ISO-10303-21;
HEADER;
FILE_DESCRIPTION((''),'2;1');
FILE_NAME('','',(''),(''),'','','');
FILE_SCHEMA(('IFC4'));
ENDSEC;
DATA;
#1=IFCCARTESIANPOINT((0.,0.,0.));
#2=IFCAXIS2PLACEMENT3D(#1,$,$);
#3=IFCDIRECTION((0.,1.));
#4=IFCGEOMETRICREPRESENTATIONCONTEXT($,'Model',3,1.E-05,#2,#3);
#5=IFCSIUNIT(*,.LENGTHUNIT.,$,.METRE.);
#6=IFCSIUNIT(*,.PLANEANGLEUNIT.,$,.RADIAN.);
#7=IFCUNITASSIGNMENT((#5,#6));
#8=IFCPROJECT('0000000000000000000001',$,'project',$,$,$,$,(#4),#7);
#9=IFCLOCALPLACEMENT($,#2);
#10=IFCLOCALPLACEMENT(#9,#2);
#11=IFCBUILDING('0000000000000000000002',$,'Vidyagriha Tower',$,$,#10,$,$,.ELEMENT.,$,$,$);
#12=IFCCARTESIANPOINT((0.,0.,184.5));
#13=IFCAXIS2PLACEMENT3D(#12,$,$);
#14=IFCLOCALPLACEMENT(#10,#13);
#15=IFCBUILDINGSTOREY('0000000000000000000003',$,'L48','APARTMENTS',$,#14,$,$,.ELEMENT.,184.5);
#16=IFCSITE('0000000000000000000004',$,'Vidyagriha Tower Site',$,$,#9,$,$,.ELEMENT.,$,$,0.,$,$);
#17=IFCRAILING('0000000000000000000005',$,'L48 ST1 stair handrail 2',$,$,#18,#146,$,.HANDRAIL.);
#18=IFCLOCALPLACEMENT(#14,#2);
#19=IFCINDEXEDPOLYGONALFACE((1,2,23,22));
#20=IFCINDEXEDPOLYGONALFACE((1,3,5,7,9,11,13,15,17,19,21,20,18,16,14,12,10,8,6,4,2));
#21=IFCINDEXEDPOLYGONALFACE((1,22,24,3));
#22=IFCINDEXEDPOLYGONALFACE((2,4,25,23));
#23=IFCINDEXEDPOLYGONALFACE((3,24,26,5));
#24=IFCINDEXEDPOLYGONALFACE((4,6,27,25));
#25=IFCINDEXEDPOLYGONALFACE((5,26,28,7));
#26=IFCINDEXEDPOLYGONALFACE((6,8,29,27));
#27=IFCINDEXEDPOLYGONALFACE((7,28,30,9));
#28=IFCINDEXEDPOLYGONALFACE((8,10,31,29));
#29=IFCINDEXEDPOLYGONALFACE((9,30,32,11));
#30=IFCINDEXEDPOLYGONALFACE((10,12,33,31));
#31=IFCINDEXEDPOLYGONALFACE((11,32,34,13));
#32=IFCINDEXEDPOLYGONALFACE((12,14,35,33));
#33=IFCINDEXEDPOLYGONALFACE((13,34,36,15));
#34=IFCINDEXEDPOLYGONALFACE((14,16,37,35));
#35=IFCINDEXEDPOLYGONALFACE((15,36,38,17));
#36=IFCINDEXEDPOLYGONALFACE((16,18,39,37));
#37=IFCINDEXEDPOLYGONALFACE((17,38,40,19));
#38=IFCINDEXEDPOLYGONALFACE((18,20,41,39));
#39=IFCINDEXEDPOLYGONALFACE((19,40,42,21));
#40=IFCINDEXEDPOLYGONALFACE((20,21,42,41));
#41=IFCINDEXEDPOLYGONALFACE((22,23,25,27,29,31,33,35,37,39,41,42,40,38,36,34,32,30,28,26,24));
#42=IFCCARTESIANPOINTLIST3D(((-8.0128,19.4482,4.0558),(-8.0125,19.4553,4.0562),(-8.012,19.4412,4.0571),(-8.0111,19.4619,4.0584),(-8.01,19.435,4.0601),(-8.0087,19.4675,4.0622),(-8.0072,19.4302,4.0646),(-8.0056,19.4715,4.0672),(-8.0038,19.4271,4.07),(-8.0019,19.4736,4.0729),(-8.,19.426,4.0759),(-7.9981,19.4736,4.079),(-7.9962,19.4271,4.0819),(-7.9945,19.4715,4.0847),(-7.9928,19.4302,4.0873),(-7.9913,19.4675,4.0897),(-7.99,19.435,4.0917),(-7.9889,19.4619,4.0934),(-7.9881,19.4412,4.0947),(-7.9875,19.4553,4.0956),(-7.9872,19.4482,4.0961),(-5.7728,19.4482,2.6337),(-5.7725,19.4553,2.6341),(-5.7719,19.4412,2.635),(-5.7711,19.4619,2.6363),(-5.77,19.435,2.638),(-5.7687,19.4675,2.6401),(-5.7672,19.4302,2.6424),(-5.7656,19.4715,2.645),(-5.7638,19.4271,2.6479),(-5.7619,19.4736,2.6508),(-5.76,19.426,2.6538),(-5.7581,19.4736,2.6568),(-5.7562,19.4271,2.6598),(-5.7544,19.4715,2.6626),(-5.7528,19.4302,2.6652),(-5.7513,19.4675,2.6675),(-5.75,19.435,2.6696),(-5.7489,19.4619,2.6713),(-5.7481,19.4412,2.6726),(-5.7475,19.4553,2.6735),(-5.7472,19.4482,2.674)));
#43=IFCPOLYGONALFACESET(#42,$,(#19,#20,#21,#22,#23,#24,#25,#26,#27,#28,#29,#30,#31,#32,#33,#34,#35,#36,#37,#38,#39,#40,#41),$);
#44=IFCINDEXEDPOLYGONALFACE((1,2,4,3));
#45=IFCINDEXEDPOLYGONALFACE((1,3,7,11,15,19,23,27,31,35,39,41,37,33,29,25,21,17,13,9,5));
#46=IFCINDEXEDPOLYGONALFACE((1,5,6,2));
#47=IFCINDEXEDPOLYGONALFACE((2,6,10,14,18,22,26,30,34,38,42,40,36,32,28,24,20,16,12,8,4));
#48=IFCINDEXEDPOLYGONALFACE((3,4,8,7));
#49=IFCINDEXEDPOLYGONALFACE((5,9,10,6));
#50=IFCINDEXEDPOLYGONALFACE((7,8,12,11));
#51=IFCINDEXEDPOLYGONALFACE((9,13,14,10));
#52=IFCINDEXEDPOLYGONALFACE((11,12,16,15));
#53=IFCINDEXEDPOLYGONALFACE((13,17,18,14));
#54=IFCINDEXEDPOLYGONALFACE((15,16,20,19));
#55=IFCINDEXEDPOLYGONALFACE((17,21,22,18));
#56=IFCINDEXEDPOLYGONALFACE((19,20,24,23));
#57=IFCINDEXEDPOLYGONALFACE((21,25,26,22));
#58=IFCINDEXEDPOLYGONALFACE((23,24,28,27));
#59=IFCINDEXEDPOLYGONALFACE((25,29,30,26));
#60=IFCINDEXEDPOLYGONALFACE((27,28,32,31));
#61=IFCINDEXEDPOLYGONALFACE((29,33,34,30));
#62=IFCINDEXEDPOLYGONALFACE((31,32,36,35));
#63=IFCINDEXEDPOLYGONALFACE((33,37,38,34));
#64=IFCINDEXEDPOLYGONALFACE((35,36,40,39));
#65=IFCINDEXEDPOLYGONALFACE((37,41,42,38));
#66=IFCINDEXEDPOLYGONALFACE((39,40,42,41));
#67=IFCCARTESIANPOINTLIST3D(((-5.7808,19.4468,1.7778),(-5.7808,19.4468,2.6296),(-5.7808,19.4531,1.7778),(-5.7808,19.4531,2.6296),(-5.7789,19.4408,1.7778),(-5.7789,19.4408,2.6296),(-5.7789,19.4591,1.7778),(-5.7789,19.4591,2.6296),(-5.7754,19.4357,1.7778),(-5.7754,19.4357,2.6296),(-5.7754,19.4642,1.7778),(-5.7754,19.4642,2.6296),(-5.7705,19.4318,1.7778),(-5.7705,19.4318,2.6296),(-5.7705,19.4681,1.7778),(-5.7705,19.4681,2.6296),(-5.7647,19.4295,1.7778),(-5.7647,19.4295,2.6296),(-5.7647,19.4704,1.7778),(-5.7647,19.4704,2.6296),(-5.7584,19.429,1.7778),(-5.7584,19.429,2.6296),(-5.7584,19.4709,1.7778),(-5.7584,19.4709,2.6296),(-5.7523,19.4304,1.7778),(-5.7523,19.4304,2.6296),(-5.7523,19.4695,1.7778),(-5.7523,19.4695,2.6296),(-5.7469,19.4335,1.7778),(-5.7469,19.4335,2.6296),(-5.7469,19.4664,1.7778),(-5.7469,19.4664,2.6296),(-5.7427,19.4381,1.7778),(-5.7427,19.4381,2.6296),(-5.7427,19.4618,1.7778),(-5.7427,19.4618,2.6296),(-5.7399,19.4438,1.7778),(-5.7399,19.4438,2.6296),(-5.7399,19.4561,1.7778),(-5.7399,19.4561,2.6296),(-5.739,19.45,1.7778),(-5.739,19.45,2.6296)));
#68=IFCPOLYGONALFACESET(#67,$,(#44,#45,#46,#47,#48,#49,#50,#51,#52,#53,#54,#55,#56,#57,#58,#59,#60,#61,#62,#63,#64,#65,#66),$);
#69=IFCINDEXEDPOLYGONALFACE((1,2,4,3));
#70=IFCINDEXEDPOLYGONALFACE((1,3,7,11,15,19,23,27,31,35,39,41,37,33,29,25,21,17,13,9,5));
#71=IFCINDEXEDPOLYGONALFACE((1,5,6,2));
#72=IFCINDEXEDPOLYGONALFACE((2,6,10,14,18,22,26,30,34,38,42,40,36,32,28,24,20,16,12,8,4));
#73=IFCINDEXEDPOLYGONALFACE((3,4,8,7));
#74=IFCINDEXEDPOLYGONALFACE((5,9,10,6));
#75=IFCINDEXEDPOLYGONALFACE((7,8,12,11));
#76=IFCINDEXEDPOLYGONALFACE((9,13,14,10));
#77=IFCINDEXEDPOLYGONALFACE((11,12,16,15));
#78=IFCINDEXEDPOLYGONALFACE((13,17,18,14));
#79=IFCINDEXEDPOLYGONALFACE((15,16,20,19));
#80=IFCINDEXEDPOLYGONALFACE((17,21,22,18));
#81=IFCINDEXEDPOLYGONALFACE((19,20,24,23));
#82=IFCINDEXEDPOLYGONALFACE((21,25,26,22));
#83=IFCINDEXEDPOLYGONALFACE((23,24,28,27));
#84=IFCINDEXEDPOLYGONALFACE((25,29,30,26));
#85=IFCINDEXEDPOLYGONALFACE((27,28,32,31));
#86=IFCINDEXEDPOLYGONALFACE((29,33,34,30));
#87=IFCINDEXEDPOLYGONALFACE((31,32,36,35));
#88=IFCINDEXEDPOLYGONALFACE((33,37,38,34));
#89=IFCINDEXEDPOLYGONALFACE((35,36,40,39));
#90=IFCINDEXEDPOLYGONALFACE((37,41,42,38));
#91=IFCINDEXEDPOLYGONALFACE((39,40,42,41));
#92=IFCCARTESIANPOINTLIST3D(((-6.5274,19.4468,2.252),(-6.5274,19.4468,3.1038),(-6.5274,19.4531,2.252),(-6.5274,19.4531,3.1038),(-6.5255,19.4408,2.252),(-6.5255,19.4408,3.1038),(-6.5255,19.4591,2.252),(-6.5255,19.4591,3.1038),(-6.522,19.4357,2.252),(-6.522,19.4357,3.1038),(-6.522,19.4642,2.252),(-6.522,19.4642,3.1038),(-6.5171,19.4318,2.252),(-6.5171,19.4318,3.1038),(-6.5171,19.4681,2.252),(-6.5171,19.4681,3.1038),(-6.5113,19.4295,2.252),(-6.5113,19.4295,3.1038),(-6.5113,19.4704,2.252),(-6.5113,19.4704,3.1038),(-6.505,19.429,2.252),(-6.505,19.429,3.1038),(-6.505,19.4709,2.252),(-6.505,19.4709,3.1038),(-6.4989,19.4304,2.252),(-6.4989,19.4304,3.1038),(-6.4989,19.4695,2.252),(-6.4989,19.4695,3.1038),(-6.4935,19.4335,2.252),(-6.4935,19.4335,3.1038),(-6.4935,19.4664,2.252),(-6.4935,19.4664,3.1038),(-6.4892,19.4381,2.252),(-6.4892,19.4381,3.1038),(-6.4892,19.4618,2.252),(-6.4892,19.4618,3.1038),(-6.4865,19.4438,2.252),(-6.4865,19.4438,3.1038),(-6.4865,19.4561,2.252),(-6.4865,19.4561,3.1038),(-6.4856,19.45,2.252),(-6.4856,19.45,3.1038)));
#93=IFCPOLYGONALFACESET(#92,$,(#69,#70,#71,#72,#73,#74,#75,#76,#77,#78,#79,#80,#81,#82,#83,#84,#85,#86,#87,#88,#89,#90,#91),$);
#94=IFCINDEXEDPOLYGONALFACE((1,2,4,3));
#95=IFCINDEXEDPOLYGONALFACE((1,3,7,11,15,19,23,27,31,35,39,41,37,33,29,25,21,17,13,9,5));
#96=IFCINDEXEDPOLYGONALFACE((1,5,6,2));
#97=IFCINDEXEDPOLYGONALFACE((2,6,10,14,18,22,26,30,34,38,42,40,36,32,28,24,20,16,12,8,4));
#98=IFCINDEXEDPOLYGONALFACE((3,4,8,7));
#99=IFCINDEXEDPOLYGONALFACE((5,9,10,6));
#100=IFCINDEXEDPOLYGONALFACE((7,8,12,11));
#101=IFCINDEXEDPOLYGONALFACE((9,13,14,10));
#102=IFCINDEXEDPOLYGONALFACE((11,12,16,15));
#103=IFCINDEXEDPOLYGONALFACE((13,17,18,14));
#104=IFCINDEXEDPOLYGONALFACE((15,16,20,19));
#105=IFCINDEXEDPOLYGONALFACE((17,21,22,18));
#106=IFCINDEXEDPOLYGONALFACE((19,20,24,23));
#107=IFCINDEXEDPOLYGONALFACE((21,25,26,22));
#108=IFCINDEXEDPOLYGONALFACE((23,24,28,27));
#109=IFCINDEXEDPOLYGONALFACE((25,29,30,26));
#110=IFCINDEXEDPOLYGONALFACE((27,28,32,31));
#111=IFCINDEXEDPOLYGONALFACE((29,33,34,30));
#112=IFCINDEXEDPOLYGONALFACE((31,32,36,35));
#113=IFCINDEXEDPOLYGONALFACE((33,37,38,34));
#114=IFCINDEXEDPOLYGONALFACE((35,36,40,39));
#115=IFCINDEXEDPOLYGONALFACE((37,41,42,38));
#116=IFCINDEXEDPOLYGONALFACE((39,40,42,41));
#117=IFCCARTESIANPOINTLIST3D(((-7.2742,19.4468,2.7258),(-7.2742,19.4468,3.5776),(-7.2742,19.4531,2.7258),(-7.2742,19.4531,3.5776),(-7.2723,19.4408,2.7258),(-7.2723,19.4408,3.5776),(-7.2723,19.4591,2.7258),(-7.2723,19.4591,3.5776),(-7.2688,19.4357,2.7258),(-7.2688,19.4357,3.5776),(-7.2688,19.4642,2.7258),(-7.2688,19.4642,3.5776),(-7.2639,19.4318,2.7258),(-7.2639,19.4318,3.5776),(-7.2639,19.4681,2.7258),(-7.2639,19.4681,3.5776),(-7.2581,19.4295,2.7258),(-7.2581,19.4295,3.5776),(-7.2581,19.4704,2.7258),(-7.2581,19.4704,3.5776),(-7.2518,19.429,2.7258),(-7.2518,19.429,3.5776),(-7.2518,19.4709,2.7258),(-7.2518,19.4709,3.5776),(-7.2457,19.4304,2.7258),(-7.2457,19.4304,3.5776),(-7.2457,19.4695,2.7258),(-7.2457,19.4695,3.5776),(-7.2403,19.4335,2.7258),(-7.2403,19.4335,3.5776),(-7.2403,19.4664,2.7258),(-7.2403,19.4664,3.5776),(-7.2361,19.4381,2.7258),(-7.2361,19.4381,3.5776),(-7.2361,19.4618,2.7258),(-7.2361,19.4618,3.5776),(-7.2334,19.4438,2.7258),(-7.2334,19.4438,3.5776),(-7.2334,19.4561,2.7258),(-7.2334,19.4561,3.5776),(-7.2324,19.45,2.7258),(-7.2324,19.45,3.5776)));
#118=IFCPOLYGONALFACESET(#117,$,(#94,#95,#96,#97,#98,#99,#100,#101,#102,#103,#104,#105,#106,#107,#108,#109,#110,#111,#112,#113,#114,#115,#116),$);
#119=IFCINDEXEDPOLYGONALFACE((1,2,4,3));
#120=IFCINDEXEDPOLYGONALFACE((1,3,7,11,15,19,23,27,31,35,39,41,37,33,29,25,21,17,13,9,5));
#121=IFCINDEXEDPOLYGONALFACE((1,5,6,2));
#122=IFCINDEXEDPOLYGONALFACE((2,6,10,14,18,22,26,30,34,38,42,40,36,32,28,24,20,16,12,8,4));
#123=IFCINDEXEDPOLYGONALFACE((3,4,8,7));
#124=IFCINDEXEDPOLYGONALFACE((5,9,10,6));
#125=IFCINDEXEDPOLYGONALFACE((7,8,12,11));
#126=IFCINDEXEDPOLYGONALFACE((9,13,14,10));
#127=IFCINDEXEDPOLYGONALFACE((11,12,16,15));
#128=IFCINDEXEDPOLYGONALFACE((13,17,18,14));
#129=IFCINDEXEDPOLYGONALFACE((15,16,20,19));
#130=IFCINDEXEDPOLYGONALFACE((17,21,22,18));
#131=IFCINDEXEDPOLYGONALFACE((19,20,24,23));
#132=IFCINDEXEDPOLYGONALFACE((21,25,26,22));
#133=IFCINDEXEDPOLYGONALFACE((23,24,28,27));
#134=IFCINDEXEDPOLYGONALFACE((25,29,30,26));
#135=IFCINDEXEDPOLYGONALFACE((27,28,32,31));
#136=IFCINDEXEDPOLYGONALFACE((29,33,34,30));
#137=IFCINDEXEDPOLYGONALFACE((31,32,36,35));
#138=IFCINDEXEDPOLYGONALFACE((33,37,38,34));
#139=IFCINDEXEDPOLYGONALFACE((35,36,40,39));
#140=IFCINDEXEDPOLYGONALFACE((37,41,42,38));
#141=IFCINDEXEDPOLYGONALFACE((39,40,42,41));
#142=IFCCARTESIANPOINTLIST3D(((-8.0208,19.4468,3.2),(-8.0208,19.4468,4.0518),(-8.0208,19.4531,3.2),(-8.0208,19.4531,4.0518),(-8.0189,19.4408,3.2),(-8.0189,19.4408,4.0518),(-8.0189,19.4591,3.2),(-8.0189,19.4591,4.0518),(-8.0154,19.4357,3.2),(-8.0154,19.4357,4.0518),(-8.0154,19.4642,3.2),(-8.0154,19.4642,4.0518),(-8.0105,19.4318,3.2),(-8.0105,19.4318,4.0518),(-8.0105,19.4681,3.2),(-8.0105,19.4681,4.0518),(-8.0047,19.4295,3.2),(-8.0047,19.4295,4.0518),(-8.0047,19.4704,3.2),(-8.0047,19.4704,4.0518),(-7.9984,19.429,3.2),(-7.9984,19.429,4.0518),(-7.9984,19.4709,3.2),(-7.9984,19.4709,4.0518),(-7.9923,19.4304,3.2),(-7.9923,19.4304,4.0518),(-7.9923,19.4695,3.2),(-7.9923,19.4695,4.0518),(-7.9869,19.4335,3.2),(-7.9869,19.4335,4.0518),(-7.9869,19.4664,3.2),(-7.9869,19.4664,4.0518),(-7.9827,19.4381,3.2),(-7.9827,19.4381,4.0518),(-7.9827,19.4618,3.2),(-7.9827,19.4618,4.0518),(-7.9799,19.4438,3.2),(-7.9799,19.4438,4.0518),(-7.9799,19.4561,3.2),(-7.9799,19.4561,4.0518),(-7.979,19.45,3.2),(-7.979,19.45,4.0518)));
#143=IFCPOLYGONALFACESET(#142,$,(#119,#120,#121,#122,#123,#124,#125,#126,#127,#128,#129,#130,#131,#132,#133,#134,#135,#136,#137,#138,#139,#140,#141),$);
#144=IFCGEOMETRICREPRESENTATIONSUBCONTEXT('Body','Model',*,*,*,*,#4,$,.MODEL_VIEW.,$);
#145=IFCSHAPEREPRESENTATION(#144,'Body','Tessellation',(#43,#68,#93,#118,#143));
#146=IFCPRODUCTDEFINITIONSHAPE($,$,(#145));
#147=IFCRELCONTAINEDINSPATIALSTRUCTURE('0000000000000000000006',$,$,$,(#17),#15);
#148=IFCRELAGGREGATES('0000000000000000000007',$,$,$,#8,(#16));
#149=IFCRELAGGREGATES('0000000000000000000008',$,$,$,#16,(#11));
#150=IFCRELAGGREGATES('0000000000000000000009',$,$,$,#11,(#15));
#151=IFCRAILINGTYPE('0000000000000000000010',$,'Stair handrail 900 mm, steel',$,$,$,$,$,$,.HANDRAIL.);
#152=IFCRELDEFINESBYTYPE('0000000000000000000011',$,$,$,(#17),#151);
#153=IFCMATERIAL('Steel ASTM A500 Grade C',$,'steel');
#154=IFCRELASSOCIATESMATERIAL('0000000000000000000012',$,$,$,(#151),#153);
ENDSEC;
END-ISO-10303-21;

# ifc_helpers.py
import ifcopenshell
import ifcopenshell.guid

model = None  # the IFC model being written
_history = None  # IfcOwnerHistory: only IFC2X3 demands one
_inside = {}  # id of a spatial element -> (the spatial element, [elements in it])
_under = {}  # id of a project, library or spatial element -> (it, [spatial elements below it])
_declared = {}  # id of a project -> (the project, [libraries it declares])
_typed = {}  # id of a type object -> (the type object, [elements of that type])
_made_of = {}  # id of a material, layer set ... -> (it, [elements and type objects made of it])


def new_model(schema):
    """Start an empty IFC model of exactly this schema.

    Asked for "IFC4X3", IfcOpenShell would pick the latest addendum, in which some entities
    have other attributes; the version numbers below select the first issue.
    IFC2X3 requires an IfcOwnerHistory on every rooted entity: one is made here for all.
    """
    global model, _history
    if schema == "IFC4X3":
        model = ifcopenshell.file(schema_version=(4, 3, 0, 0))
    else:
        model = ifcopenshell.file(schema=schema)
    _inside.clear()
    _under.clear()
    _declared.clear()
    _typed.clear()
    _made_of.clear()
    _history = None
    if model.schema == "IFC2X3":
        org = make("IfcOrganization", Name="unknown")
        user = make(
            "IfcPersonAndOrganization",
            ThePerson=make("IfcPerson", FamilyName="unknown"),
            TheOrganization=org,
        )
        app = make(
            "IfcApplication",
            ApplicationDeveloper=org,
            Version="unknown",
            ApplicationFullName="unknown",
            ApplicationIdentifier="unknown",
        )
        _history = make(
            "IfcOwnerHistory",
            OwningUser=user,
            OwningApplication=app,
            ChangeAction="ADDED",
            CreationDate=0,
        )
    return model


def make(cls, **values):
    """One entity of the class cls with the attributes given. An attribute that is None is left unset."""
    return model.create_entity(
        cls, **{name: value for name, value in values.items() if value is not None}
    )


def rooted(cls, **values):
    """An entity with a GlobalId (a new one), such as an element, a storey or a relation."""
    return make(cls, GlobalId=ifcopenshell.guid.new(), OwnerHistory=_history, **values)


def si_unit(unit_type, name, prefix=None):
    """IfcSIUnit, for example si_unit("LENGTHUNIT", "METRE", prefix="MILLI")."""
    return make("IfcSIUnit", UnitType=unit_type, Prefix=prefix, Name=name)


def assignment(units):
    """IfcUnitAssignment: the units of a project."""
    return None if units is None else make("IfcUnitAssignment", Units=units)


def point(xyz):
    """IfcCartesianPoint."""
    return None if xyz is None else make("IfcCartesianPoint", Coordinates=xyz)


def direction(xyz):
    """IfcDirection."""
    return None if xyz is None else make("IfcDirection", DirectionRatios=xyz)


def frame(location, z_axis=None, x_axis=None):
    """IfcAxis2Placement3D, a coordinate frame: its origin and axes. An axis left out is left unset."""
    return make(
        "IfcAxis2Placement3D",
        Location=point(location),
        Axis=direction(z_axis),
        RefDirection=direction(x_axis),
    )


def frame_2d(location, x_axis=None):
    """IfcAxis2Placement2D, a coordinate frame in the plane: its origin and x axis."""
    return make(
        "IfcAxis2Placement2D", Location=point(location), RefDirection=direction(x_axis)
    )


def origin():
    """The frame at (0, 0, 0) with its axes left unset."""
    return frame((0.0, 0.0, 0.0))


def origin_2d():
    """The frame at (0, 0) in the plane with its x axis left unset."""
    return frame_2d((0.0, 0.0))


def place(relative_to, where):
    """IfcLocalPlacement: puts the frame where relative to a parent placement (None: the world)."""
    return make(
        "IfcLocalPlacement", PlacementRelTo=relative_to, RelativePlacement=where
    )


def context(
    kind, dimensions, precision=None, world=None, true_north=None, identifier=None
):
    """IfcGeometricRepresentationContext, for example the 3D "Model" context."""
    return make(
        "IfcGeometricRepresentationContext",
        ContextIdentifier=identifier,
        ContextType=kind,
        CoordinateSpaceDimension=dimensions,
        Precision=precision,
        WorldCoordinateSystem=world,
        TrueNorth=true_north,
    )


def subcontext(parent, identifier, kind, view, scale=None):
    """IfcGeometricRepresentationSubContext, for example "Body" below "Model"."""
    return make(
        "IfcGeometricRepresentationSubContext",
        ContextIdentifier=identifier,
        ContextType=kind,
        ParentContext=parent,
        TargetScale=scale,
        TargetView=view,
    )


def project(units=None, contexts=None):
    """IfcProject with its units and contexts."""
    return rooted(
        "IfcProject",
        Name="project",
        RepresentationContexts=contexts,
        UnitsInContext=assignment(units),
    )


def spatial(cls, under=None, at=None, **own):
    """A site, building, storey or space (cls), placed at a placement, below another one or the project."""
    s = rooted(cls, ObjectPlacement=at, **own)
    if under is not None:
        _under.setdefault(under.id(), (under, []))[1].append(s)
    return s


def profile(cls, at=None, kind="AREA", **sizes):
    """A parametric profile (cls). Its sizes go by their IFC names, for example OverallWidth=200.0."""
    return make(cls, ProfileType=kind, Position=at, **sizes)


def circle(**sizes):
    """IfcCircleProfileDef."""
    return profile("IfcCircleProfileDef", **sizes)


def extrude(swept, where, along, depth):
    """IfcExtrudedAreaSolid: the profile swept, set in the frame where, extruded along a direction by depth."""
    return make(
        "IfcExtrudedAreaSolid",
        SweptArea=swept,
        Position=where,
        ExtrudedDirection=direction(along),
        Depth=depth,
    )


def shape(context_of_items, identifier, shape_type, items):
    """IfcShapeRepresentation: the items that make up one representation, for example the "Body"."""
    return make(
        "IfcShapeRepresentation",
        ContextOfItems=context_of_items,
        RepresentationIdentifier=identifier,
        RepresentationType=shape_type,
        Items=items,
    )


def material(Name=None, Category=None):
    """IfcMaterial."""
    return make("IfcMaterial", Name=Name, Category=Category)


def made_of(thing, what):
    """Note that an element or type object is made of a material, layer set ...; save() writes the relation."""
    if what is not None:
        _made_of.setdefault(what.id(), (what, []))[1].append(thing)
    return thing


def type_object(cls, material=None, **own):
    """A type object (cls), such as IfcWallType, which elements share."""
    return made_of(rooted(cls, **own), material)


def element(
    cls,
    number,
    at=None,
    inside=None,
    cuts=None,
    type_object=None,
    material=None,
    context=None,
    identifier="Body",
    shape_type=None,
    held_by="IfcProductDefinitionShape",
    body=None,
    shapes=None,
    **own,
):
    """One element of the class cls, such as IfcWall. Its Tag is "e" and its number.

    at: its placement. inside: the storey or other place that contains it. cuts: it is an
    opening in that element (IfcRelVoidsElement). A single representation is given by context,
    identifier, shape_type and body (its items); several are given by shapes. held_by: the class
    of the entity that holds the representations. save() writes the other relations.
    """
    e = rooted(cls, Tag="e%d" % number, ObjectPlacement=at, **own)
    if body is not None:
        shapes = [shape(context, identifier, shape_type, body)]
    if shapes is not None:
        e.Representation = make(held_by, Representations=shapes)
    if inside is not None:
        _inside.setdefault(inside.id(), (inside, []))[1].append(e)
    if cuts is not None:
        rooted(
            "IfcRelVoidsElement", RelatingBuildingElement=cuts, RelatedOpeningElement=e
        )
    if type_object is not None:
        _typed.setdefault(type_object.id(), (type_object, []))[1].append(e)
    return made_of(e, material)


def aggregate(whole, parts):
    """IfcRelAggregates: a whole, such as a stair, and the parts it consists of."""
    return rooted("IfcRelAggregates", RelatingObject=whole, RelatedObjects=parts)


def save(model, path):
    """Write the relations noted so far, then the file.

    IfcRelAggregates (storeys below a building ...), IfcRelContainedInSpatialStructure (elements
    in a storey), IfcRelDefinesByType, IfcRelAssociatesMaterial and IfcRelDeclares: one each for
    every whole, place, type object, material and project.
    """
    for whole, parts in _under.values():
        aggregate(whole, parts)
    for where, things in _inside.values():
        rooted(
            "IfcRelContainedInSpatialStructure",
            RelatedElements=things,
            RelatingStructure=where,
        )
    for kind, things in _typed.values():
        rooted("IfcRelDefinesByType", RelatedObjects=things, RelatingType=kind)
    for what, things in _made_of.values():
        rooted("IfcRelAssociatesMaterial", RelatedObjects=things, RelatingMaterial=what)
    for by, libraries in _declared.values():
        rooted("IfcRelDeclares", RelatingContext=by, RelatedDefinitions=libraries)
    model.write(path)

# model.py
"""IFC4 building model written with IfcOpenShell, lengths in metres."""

from ifc_helpers import new_model, si_unit, direction, frame, origin, origin_2d, place, context, subcontext, project, spatial, circle, extrude, material, type_object, element, save


model = new_model("IFC4")

# Units and contexts
model_context = context("Model", 3, precision=1e-05, world=origin(), true_north=direction((0.0, 1.0)))
body_context = subcontext(model_context, "Body", "Model", "MODEL_VIEW")
ifc_project = project(units=[si_unit("LENGTHUNIT", "METRE"), si_unit("PLANEANGLEUNIT", "RADIAN")], contexts=[model_context])

# Site, building, storey
site_placement = place(None, origin())
site = spatial("IfcSite", under=ifc_project, at=site_placement, Name="Vidyagriha Tower Site", CompositionType="ELEMENT", RefElevation=0.0)
building_placement = place(site_placement, origin())
building = spatial("IfcBuilding", under=site, at=building_placement, Name="Vidyagriha Tower", CompositionType="ELEMENT")
storey_placement = place(building_placement, frame((0.0, 0.0, 184.5)))
storey = spatial("IfcBuildingStorey", under=building, at=storey_placement, Name="L48", Description="APARTMENTS", CompositionType="ELEMENT", Elevation=184.5)

# Railing
ifc_material_1 = material(Name="Steel ASTM A500 Grade C", Category="steel")
railing_type_1 = type_object("IfcRailingType", Name="Stair handrail 900 mm, steel", PredefinedType="HANDRAIL", material=ifc_material_1)
railing_1_placement = place(storey_placement, frame((-5.76, 19.45, 1.7778)))
element("IfcRailing", 1, at=railing_1_placement, inside=storey, type_object=railing_type_1, Name="L48 ST1 stair handrail 2", PredefinedType="HANDRAIL", context=body_context, shape_type="SweptSolid", body=[
    extrude(circle(Radius=0.0239, at=origin_2d()), frame((0.0, 0.0, 0.876), z_axis=(-0.844229, 0.0, 0.535982), x_axis=(0.0, -1.0, 0.0)), (0.0, 0.0, 1.0), 2.6533),
    extrude(circle(Radius=0.021, at=origin_2d()), origin(), (0.0, 0.0, 1.0), 0.8518),
    extrude(circle(Radius=0.021, at=origin_2d()), frame((-0.7466, 0.0, 0.4741)), (0.0, 0.0, 1.0), 0.8518),
    extrude(circle(Radius=0.021, at=origin_2d()), frame((-1.4934, 0.0, 0.948)), (0.0, 0.0, 1.0), 0.8518),
    extrude(circle(Radius=0.021, at=origin_2d()), frame((-2.24, 0.0, 1.4221)), (0.0, 0.0, 1.0), 0.8518),
])

save(model, "model.ifc")
